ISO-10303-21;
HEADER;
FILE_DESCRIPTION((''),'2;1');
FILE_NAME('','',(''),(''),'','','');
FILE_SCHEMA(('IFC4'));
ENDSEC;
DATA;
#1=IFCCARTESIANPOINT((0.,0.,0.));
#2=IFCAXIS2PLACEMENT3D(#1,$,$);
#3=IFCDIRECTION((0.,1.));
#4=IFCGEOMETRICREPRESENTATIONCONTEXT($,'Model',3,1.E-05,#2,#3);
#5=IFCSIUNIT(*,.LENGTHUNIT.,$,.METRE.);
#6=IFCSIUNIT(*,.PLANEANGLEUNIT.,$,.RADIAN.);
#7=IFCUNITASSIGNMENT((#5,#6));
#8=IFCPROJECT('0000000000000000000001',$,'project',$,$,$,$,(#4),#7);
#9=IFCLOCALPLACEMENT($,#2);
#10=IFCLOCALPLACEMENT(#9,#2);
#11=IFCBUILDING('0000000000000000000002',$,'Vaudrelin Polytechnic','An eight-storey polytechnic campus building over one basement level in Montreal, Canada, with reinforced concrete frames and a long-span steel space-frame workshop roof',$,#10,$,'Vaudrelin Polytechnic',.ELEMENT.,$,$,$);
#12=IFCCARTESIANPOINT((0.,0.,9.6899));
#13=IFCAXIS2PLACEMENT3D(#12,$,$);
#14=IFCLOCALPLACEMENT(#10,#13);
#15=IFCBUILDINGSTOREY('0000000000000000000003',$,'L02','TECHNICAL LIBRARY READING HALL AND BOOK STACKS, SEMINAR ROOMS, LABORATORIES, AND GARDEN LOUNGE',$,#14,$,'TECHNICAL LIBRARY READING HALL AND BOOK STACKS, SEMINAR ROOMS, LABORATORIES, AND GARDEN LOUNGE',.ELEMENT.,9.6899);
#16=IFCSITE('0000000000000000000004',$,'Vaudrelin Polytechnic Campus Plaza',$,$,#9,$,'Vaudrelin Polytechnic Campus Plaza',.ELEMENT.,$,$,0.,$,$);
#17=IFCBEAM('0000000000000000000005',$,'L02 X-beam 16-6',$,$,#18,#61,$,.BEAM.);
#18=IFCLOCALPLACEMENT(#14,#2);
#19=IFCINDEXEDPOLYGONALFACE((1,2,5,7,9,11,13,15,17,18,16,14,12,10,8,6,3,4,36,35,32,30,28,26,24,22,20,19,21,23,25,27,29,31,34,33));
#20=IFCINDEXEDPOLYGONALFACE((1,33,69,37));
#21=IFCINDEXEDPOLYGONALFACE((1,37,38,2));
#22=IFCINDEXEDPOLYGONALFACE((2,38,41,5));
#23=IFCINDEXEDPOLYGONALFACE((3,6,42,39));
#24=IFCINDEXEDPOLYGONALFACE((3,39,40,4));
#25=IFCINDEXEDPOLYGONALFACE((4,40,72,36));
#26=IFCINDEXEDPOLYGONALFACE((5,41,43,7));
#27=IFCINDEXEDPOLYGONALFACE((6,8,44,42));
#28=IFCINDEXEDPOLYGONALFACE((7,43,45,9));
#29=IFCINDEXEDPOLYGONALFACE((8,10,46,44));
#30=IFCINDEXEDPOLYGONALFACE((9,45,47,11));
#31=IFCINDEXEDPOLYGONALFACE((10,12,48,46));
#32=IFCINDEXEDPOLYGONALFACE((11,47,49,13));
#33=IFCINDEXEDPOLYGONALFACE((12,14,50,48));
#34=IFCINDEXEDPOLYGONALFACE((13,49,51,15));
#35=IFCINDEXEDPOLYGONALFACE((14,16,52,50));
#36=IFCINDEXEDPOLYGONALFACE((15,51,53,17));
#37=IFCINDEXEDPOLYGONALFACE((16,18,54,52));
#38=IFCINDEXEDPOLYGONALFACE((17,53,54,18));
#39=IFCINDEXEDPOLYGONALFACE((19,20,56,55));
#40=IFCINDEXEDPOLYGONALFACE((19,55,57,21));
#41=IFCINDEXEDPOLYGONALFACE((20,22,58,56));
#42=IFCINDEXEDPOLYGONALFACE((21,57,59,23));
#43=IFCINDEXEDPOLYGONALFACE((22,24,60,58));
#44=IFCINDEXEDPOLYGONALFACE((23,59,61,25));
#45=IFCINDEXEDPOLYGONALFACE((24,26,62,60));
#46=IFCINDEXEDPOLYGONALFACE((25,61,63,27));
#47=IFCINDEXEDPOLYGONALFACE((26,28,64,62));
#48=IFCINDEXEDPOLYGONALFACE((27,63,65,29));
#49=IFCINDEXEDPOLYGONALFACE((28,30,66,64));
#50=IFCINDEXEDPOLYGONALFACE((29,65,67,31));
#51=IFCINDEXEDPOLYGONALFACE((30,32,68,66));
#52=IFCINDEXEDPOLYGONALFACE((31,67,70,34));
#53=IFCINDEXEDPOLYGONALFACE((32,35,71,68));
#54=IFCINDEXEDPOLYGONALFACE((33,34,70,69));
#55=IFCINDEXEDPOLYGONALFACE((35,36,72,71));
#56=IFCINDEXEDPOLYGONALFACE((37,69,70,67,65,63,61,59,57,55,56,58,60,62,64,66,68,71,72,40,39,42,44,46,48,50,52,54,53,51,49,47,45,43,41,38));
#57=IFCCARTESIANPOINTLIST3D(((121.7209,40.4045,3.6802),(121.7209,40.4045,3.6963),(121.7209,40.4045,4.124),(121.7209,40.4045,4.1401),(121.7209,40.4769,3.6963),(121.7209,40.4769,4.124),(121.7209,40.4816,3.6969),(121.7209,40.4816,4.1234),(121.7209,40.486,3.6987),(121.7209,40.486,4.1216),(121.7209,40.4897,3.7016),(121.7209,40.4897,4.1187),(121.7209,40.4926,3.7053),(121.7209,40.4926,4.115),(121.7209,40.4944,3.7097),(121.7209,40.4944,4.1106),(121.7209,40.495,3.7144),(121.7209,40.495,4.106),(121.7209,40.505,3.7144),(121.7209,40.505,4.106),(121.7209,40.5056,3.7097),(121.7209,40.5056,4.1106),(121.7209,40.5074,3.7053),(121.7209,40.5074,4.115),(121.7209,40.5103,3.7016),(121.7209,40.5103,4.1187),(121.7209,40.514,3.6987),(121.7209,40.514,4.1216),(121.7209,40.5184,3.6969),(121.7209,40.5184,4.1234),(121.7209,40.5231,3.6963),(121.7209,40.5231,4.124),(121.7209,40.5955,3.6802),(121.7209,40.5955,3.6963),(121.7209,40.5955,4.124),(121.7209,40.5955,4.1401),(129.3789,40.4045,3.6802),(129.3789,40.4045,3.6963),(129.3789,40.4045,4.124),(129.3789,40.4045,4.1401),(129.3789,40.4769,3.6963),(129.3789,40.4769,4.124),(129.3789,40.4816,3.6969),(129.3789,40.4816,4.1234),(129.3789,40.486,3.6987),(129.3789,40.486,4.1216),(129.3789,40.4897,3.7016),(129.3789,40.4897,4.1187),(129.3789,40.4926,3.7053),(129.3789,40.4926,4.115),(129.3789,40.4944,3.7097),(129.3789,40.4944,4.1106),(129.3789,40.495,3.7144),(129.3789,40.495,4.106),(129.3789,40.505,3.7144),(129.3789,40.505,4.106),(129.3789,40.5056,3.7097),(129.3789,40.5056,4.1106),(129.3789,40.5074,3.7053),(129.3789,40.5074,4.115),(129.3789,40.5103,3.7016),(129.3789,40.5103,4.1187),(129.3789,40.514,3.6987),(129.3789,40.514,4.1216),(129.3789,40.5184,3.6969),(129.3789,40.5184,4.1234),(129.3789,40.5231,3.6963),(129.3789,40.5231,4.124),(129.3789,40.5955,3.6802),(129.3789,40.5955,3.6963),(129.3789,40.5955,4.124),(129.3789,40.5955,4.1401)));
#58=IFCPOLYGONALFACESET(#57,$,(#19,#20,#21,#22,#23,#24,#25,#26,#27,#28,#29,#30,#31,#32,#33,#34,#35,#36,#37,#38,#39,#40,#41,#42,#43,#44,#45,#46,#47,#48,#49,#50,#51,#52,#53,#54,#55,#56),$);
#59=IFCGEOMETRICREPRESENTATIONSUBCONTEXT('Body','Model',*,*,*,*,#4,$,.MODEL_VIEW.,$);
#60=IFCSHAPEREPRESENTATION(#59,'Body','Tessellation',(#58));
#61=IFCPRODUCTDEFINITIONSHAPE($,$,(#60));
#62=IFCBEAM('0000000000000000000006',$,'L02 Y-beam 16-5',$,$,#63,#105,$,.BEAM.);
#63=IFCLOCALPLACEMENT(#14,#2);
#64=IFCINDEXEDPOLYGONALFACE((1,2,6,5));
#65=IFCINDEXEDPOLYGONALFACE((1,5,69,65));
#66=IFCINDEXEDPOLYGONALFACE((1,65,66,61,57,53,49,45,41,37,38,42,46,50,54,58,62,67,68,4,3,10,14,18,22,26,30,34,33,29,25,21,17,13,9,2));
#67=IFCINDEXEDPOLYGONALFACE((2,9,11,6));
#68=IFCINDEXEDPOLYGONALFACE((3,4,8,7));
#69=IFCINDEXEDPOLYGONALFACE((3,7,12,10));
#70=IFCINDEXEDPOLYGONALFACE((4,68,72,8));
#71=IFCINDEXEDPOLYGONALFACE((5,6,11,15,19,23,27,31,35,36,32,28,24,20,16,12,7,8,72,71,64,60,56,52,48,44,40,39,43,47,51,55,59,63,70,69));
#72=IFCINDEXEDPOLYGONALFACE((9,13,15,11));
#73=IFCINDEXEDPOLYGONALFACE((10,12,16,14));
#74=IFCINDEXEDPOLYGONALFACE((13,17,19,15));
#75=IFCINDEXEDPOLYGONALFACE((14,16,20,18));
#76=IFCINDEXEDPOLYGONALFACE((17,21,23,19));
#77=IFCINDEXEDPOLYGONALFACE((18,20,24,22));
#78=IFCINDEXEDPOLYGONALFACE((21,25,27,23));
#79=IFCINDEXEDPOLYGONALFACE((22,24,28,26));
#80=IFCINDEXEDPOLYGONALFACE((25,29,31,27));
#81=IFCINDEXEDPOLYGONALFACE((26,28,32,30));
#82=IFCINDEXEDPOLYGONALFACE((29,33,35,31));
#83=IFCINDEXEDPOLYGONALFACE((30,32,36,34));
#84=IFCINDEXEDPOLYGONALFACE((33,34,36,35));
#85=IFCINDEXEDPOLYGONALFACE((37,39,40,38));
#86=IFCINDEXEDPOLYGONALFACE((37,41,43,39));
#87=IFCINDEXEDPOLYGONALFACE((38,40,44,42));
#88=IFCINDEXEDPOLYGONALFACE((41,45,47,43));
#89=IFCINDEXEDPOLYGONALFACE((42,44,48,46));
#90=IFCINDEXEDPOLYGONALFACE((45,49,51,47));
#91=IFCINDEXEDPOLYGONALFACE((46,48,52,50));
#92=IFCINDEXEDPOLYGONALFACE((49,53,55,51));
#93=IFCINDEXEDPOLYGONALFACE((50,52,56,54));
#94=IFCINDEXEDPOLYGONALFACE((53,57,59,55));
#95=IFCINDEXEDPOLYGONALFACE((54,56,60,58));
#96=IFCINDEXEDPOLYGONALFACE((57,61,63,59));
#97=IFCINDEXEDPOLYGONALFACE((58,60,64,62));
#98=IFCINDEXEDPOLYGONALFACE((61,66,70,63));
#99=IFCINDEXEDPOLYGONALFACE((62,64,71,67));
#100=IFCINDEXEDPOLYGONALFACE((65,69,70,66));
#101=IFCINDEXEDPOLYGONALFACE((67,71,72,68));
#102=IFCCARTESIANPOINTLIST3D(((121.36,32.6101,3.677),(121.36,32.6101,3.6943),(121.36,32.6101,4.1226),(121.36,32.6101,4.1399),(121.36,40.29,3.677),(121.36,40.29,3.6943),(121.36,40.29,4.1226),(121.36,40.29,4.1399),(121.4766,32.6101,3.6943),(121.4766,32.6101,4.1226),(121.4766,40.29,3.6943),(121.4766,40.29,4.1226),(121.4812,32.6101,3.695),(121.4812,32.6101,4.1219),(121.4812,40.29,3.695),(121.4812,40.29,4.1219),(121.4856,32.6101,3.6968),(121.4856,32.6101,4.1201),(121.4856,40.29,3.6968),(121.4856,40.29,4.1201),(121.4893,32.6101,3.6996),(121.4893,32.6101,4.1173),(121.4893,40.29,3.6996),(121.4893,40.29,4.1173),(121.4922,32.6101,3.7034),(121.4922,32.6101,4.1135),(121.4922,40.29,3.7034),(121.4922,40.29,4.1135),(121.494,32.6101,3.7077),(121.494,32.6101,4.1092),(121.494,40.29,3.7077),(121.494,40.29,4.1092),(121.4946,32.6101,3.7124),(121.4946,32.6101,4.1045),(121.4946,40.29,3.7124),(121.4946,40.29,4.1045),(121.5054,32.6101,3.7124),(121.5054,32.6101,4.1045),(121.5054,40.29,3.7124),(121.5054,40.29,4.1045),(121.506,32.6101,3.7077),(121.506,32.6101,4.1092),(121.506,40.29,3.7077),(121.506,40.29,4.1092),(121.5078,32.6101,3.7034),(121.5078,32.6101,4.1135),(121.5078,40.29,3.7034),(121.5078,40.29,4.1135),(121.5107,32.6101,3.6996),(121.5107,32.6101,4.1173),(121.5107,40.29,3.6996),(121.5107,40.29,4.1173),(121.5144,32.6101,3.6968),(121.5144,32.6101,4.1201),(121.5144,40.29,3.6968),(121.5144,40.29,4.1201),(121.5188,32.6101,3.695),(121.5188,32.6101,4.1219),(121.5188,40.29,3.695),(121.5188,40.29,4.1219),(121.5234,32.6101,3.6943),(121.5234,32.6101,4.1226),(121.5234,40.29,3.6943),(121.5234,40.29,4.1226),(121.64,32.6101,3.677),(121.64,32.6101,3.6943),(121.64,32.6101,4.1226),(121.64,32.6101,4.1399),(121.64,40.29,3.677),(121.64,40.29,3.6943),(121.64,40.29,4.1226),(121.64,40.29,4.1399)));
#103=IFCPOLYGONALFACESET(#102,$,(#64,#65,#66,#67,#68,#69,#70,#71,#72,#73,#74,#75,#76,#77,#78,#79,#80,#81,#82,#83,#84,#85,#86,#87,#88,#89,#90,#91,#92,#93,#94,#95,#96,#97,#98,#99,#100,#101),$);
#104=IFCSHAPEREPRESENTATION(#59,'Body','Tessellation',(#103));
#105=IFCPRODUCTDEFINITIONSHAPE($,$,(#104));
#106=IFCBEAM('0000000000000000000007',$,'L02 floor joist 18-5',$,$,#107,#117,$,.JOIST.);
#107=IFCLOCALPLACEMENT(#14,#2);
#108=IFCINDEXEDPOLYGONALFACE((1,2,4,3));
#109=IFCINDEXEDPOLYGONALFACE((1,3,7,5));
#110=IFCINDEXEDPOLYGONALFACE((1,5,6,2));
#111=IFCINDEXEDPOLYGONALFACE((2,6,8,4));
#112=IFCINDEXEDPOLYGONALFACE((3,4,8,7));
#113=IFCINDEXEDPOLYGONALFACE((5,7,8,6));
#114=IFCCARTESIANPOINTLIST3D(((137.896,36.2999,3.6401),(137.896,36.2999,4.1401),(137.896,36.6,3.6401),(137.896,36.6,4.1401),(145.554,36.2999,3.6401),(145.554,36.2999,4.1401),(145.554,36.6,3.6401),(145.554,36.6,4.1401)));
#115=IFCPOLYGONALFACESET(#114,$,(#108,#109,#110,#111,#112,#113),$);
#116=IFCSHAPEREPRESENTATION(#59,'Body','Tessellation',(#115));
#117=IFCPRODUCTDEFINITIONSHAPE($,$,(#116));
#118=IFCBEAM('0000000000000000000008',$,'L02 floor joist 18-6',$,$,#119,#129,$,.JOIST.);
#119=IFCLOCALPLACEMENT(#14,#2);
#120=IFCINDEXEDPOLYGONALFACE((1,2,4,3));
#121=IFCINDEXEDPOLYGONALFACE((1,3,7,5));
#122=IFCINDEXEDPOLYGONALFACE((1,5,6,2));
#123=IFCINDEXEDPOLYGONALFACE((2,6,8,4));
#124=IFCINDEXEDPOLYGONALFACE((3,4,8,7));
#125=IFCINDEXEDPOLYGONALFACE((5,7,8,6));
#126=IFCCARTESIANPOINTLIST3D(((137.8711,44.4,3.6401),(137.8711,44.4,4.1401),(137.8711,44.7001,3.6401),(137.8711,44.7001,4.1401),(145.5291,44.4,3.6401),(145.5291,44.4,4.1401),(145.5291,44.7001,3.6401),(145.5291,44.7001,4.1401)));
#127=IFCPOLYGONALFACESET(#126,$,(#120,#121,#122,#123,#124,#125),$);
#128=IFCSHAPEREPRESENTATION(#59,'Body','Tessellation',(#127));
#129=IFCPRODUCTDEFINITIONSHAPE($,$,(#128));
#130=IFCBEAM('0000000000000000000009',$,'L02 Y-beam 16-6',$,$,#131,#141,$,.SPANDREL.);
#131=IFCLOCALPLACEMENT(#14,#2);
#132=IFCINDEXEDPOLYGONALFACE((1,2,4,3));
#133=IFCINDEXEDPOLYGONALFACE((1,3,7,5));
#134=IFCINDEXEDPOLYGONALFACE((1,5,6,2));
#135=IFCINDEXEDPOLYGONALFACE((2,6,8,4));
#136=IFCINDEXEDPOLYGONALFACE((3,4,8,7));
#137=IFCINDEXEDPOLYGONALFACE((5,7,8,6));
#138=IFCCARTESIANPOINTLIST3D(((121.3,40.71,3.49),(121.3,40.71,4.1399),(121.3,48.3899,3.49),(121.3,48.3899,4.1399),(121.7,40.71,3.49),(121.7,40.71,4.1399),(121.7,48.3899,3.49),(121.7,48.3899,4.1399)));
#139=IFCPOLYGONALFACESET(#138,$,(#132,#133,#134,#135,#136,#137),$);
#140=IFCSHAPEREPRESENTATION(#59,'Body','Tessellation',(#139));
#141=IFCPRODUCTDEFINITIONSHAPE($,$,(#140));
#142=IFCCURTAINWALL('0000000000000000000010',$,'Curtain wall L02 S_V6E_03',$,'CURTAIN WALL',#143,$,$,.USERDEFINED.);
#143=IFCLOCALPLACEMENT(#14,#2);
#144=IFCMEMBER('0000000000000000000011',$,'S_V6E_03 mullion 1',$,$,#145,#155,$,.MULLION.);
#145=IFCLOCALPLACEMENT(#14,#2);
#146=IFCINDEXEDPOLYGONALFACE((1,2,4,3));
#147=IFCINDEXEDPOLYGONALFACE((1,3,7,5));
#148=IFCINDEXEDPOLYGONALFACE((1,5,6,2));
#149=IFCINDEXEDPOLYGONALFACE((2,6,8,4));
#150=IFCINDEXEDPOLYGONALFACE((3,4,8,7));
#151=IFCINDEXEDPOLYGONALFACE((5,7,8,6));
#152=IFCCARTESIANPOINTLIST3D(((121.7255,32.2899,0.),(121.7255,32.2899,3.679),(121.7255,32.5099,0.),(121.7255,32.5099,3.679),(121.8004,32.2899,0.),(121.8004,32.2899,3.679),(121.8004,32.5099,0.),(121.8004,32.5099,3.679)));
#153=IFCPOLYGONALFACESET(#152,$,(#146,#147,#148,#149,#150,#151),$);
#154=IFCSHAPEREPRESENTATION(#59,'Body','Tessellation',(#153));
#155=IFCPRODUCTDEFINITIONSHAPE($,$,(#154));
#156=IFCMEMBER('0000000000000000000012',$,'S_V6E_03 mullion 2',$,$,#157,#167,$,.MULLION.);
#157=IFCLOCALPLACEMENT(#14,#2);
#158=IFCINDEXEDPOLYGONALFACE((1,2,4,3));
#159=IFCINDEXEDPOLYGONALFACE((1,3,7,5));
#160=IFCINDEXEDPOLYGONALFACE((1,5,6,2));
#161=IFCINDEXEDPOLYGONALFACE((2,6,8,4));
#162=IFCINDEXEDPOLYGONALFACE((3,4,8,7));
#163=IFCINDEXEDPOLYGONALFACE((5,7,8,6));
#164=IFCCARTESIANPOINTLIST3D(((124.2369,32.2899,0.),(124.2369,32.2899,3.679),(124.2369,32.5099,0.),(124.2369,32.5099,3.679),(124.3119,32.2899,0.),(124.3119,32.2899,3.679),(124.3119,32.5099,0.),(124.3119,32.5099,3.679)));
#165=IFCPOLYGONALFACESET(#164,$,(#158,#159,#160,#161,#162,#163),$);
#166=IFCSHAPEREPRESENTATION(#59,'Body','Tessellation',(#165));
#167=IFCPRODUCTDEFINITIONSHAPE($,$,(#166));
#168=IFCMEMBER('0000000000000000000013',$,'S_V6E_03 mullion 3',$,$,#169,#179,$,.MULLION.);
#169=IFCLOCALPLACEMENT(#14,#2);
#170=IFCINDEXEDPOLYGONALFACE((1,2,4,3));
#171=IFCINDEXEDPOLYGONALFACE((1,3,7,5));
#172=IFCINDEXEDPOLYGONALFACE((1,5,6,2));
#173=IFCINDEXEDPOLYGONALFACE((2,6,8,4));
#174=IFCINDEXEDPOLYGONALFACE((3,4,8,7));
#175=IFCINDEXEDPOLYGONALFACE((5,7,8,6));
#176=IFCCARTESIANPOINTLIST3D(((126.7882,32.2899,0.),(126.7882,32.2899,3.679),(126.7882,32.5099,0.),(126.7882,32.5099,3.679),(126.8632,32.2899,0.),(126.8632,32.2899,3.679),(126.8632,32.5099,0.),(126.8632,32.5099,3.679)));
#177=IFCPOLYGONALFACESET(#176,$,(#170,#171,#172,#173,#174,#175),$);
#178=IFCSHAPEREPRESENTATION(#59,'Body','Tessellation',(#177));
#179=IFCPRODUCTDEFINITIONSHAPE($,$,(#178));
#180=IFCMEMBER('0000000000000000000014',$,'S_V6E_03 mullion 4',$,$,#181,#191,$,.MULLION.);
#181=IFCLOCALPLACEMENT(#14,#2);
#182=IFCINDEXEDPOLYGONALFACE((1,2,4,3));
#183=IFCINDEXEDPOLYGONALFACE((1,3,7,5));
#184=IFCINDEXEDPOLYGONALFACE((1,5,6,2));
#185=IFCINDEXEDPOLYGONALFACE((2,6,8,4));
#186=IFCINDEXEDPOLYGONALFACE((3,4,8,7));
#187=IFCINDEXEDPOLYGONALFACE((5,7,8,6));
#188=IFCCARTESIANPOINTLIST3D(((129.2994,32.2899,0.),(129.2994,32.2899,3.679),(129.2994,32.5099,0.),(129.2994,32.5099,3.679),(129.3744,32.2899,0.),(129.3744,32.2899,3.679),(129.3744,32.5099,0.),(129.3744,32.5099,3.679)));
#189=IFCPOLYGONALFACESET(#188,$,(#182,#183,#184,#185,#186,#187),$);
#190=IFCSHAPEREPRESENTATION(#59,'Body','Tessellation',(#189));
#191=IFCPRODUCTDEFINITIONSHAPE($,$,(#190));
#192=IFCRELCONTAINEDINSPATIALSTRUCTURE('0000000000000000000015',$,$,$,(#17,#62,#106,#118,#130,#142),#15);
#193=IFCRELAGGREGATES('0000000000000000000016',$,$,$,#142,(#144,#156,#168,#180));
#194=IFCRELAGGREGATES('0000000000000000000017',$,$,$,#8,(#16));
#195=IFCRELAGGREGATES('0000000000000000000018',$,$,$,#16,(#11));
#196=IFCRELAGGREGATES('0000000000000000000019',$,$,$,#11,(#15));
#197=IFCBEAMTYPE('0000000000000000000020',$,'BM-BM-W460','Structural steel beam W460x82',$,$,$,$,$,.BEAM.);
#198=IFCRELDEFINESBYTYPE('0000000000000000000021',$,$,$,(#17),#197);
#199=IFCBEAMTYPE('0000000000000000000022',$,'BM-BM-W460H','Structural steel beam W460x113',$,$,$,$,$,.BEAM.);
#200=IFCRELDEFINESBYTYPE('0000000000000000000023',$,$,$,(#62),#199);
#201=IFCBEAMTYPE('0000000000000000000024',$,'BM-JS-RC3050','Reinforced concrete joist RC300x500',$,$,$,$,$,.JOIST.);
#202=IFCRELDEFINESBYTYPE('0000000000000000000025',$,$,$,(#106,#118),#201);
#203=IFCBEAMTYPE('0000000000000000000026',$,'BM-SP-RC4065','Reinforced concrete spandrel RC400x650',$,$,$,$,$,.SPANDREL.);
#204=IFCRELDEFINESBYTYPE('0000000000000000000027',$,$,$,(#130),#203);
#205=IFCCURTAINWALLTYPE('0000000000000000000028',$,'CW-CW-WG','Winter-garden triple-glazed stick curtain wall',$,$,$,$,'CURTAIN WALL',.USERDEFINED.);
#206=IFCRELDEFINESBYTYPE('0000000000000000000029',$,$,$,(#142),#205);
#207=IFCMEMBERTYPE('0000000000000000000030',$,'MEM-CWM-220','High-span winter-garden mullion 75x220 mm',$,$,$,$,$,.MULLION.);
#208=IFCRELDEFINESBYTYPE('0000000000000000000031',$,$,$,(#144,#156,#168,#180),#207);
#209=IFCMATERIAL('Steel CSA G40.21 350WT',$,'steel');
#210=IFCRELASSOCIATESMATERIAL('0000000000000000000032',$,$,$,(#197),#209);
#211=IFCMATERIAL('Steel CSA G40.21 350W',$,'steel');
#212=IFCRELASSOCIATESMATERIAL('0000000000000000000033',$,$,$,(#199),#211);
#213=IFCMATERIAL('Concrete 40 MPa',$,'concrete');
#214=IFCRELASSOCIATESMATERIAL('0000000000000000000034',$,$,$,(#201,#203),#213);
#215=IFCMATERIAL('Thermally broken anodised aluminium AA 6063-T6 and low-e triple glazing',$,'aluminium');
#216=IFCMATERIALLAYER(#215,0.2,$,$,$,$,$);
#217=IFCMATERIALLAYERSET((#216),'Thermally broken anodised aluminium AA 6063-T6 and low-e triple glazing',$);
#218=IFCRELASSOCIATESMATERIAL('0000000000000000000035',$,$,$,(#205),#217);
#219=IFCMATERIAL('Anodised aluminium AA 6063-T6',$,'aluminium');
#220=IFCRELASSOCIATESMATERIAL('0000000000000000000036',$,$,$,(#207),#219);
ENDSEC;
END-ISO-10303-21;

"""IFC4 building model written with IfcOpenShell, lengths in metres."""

from ifc_helpers import new_model, si_unit, direction, frame, origin, origin_2d, place, context, subcontext, project, spatial, rectangle, i_section, extrude, material, layer, layer_set, material_profile, profile_set, type_object, element, aggregate, save


model = new_model("IFC4")

# Units and contexts
model_context = context("Model", 3, precision=1e-05, world=origin(), true_north=direction((0.0, 1.0)))
body_context = subcontext(model_context, "Body", "Model", "MODEL_VIEW")
ifc_project = project(units=[si_unit("LENGTHUNIT", "METRE"), si_unit("PLANEANGLEUNIT", "RADIAN")], contexts=[model_context])

# Site, building, storey
site_placement = place(None, origin())
site = spatial("IfcSite", under=ifc_project, at=site_placement, Name="Vaudrelin Polytechnic Campus Plaza", LongName="Vaudrelin Polytechnic Campus Plaza", CompositionType="ELEMENT", RefElevation=0.0)
building_placement = place(site_placement, origin())
building = spatial("IfcBuilding", under=site, at=building_placement, Name="Vaudrelin Polytechnic", Description="An eight-storey polytechnic campus building over one basement level in Montreal, Canada, with reinforced concrete frames and a long-span steel space-frame workshop roof", LongName="Vaudrelin Polytechnic", CompositionType="ELEMENT")
storey_placement = place(building_placement, frame((0.0, 0.0, 9.6899)))
storey = spatial("IfcBuildingStorey", under=building, at=storey_placement, Name="L02", Description="TECHNICAL LIBRARY READING HALL AND BOOK STACKS, SEMINAR ROOMS, LABORATORIES, AND GARDEN LOUNGE", LongName="TECHNICAL LIBRARY READING HALL AND BOOK STACKS, SEMINAR ROOMS, LABORATORIES, AND GARDEN LOUNGE", CompositionType="ELEMENT", Elevation=9.6899)

# Shared definitions
ifc_material_1 = material(Name="Concrete 40 MPa", Category="concrete")

# Beams
ifc_material_2 = material(Name="Steel CSA G40.21 350WT", Category="steel")
ifc_material_profile_1 = material_profile(ifc_material_2, i_section(OverallWidth=0.1909, OverallDepth=0.46, WebThickness=0.01, FlangeThickness=0.0161, FilletRadius=0.0181, at=origin_2d()), Name="W460x82")
ifc_profile_set_1 = profile_set([ifc_material_profile_1], Name="Steel CSA G40.21 350WT")
beam_type_1 = type_object("IfcBeamType", Name="BM-BM-W460", Description="Structural steel beam W460x82", PredefinedType="BEAM", material=ifc_profile_set_1)
beam_1_placement = place(storey_placement, frame((121.7209, 40.5, 3.9102), z_axis=(1.0, 0.0, 0.0), x_axis=(0.0, 1.0, 0.0)))
element("IfcBeam", 1, at=beam_1_placement, inside=storey, type_object=beam_type_1, Name="L02 X-beam 16-6", PredefinedType="BEAM", context=body_context, shape_type="SweptSolid", body=[
    extrude(i_section(OverallWidth=0.1909, OverallDepth=0.46, WebThickness=0.01, FlangeThickness=0.0161, FilletRadius=0.0181, at=origin_2d()), origin(), (0.0, 0.0, 1.0), 7.658),
])
ifc_material_3 = material(Name="Steel CSA G40.21 350W", Category="steel")
ifc_material_profile_2 = material_profile(ifc_material_3, i_section(OverallWidth=0.28, OverallDepth=0.4629, WebThickness=0.0107, FlangeThickness=0.0173, FilletRadius=0.0181, at=origin_2d()), Name="W460x113")
ifc_profile_set_2 = profile_set([ifc_material_profile_2], Name="Steel CSA G40.21 350W")
beam_type_2 = type_object("IfcBeamType", Name="BM-BM-W460H", Description="Structural steel beam W460x113", PredefinedType="BEAM", material=ifc_profile_set_2)
beam_2_placement = place(storey_placement, frame((121.5, 32.6101, 3.9084), z_axis=(0.0, 1.0, 0.0), x_axis=(-1.0, 0.0, 0.0)))
element("IfcBeam", 2, at=beam_2_placement, inside=storey, type_object=beam_type_2, Name="L02 Y-beam 16-5", PredefinedType="BEAM", context=body_context, shape_type="SweptSolid", body=[
    extrude(i_section(OverallWidth=0.28, OverallDepth=0.4629, WebThickness=0.0107, FlangeThickness=0.0173, FilletRadius=0.0181, at=origin_2d()), origin(), (0.0, 0.0, 1.0), 7.6799),
])
ifc_material_profile_3 = material_profile(ifc_material_1, rectangle(XDim=0.3, YDim=0.5, at=origin_2d()), Name="RC300x500")
ifc_profile_set_3 = profile_set([ifc_material_profile_3], Name="Concrete 40 MPa")
beam_type_3 = type_object("IfcBeamType", Name="BM-JS-RC3050", Description="Reinforced concrete joist RC300x500", PredefinedType="JOIST", material=ifc_profile_set_3)
for number, where, z_axis, x_axis, name in (
    (3, (137.896, 36.45, 3.8901), (1.0, 0.0, 0.0), (0.0, 1.0, 0.0), "L02 floor joist 18-5"),
    (4, (137.8711, 44.55, 3.8901), (1.0, 0.0, 0.0), (0.0, 1.0, 0.0), "L02 floor joist 18-6"),
):
    element("IfcBeam", number, at=place(storey_placement, frame(where, z_axis=z_axis, x_axis=x_axis)), inside=storey, type_object=beam_type_3, Name=name, PredefinedType="JOIST", context=body_context, shape_type="SweptSolid", body=[
        extrude(rectangle(XDim=0.3, YDim=0.5, at=origin_2d()), origin(), (0.0, 0.0, 1.0), 7.658),
    ])
ifc_material_profile_4 = material_profile(ifc_material_1, rectangle(XDim=0.3999, YDim=0.6499, at=origin_2d()), Name="RC400x650")
ifc_profile_set_4 = profile_set([ifc_material_profile_4], Name="Concrete 40 MPa")
beam_type_4 = type_object("IfcBeamType", Name="BM-SP-RC4065", Description="Reinforced concrete spandrel RC400x650", PredefinedType="SPANDREL", material=ifc_profile_set_4)
beam_3_placement = place(storey_placement, frame((121.5, 40.71, 3.8149), z_axis=(0.0, 1.0, 0.0), x_axis=(-1.0, 0.0, 0.0)))
element("IfcBeam", 5, at=beam_3_placement, inside=storey, type_object=beam_type_4, Name="L02 Y-beam 16-6", PredefinedType="SPANDREL", context=body_context, shape_type="SweptSolid", body=[
    extrude(rectangle(XDim=0.3999, YDim=0.6499, at=origin_2d()), origin(), (0.0, 0.0, 1.0), 7.6799),
])

# Curtain wall, members
ifc_material_4 = material(Name="Thermally broken anodised aluminium AA 6063-T6 and low-e triple glazing", Category="aluminium")
ifc_layer_1 = layer(ifc_material_4, 0.2)
ifc_layer_set_1 = layer_set([ifc_layer_1], Name="Thermally broken anodised aluminium AA 6063-T6 and low-e triple glazing")
curtain_wall_type = type_object("IfcCurtainWallType", Name="CW-CW-WG", Description="Winter-garden triple-glazed stick curtain wall", ElementType="CURTAIN WALL", PredefinedType="USERDEFINED", material=ifc_layer_set_1)
curtain_wall_placement = place(storey_placement, origin())
curtain_wall = element("IfcCurtainWall", 6, at=curtain_wall_placement, inside=storey, type_object=curtain_wall_type, Name="Curtain wall L02 S_V6E_03", ObjectType="CURTAIN WALL", PredefinedType="USERDEFINED")
ifc_material_5 = material(Name="Anodised aluminium AA 6063-T6", Category="aluminium")
ifc_material_profile_5 = material_profile(ifc_material_5, rectangle(XDim=0.075, YDim=0.22, at=origin_2d()), Name="CWM-75x220")
ifc_profile_set_5 = profile_set([ifc_material_profile_5], Name="Anodised aluminium AA 6063-T6")
member_type = type_object("IfcMemberType", Name="MEM-CWM-220", Description="High-span winter-garden mullion 75x220 mm", PredefinedType="MULLION", material=ifc_profile_set_5)
member_1_placement = place(storey_placement, frame((121.7629, 32.3999, 0.0), z_axis=(0.0, 0.0, 1.0), x_axis=(1.0, 0.0, 0.0)))
member_1 = element("IfcMember", 7, at=member_1_placement, type_object=member_type, Name="S_V6E_03 mullion 1", PredefinedType="MULLION", context=body_context, shape_type="SweptSolid", body=[
    extrude(rectangle(XDim=0.075, YDim=0.22, at=origin_2d()), origin(), (0.0, 0.0, 1.0), 3.679),
])
member_2_placement = place(storey_placement, frame((124.2744, 32.3999, 0.0), z_axis=(0.0, 0.0, 1.0), x_axis=(1.0, 0.0, 0.0)))
member_2 = element("IfcMember", 8, at=member_2_placement, type_object=member_type, Name="S_V6E_03 mullion 2", PredefinedType="MULLION", context=body_context, shape_type="SweptSolid", body=[
    extrude(rectangle(XDim=0.075, YDim=0.22, at=origin_2d()), origin(), (0.0, 0.0, 1.0), 3.679),
])
member_3_placement = place(storey_placement, frame((126.8257, 32.3999, 0.0), z_axis=(0.0, 0.0, 1.0), x_axis=(1.0, 0.0, 0.0)))
member_3 = element("IfcMember", 9, at=member_3_placement, type_object=member_type, Name="S_V6E_03 mullion 3", PredefinedType="MULLION", context=body_context, shape_type="SweptSolid", body=[
    extrude(rectangle(XDim=0.075, YDim=0.22, at=origin_2d()), origin(), (0.0, 0.0, 1.0), 3.679),
])
member_4_placement = place(storey_placement, frame((129.3369, 32.3999, 0.0), z_axis=(0.0, 0.0, 1.0), x_axis=(1.0, 0.0, 0.0)))
member_4 = element("IfcMember", 10, at=member_4_placement, type_object=member_type, Name="S_V6E_03 mullion 4", PredefinedType="MULLION", context=body_context, shape_type="SweptSolid", body=[
    extrude(rectangle(XDim=0.075, YDim=0.22, at=origin_2d()), origin(), (0.0, 0.0, 1.0), 3.679),
])
aggregate(curtain_wall, [member_1, member_2, member_3, member_4])

save(model, "model.ifc")
